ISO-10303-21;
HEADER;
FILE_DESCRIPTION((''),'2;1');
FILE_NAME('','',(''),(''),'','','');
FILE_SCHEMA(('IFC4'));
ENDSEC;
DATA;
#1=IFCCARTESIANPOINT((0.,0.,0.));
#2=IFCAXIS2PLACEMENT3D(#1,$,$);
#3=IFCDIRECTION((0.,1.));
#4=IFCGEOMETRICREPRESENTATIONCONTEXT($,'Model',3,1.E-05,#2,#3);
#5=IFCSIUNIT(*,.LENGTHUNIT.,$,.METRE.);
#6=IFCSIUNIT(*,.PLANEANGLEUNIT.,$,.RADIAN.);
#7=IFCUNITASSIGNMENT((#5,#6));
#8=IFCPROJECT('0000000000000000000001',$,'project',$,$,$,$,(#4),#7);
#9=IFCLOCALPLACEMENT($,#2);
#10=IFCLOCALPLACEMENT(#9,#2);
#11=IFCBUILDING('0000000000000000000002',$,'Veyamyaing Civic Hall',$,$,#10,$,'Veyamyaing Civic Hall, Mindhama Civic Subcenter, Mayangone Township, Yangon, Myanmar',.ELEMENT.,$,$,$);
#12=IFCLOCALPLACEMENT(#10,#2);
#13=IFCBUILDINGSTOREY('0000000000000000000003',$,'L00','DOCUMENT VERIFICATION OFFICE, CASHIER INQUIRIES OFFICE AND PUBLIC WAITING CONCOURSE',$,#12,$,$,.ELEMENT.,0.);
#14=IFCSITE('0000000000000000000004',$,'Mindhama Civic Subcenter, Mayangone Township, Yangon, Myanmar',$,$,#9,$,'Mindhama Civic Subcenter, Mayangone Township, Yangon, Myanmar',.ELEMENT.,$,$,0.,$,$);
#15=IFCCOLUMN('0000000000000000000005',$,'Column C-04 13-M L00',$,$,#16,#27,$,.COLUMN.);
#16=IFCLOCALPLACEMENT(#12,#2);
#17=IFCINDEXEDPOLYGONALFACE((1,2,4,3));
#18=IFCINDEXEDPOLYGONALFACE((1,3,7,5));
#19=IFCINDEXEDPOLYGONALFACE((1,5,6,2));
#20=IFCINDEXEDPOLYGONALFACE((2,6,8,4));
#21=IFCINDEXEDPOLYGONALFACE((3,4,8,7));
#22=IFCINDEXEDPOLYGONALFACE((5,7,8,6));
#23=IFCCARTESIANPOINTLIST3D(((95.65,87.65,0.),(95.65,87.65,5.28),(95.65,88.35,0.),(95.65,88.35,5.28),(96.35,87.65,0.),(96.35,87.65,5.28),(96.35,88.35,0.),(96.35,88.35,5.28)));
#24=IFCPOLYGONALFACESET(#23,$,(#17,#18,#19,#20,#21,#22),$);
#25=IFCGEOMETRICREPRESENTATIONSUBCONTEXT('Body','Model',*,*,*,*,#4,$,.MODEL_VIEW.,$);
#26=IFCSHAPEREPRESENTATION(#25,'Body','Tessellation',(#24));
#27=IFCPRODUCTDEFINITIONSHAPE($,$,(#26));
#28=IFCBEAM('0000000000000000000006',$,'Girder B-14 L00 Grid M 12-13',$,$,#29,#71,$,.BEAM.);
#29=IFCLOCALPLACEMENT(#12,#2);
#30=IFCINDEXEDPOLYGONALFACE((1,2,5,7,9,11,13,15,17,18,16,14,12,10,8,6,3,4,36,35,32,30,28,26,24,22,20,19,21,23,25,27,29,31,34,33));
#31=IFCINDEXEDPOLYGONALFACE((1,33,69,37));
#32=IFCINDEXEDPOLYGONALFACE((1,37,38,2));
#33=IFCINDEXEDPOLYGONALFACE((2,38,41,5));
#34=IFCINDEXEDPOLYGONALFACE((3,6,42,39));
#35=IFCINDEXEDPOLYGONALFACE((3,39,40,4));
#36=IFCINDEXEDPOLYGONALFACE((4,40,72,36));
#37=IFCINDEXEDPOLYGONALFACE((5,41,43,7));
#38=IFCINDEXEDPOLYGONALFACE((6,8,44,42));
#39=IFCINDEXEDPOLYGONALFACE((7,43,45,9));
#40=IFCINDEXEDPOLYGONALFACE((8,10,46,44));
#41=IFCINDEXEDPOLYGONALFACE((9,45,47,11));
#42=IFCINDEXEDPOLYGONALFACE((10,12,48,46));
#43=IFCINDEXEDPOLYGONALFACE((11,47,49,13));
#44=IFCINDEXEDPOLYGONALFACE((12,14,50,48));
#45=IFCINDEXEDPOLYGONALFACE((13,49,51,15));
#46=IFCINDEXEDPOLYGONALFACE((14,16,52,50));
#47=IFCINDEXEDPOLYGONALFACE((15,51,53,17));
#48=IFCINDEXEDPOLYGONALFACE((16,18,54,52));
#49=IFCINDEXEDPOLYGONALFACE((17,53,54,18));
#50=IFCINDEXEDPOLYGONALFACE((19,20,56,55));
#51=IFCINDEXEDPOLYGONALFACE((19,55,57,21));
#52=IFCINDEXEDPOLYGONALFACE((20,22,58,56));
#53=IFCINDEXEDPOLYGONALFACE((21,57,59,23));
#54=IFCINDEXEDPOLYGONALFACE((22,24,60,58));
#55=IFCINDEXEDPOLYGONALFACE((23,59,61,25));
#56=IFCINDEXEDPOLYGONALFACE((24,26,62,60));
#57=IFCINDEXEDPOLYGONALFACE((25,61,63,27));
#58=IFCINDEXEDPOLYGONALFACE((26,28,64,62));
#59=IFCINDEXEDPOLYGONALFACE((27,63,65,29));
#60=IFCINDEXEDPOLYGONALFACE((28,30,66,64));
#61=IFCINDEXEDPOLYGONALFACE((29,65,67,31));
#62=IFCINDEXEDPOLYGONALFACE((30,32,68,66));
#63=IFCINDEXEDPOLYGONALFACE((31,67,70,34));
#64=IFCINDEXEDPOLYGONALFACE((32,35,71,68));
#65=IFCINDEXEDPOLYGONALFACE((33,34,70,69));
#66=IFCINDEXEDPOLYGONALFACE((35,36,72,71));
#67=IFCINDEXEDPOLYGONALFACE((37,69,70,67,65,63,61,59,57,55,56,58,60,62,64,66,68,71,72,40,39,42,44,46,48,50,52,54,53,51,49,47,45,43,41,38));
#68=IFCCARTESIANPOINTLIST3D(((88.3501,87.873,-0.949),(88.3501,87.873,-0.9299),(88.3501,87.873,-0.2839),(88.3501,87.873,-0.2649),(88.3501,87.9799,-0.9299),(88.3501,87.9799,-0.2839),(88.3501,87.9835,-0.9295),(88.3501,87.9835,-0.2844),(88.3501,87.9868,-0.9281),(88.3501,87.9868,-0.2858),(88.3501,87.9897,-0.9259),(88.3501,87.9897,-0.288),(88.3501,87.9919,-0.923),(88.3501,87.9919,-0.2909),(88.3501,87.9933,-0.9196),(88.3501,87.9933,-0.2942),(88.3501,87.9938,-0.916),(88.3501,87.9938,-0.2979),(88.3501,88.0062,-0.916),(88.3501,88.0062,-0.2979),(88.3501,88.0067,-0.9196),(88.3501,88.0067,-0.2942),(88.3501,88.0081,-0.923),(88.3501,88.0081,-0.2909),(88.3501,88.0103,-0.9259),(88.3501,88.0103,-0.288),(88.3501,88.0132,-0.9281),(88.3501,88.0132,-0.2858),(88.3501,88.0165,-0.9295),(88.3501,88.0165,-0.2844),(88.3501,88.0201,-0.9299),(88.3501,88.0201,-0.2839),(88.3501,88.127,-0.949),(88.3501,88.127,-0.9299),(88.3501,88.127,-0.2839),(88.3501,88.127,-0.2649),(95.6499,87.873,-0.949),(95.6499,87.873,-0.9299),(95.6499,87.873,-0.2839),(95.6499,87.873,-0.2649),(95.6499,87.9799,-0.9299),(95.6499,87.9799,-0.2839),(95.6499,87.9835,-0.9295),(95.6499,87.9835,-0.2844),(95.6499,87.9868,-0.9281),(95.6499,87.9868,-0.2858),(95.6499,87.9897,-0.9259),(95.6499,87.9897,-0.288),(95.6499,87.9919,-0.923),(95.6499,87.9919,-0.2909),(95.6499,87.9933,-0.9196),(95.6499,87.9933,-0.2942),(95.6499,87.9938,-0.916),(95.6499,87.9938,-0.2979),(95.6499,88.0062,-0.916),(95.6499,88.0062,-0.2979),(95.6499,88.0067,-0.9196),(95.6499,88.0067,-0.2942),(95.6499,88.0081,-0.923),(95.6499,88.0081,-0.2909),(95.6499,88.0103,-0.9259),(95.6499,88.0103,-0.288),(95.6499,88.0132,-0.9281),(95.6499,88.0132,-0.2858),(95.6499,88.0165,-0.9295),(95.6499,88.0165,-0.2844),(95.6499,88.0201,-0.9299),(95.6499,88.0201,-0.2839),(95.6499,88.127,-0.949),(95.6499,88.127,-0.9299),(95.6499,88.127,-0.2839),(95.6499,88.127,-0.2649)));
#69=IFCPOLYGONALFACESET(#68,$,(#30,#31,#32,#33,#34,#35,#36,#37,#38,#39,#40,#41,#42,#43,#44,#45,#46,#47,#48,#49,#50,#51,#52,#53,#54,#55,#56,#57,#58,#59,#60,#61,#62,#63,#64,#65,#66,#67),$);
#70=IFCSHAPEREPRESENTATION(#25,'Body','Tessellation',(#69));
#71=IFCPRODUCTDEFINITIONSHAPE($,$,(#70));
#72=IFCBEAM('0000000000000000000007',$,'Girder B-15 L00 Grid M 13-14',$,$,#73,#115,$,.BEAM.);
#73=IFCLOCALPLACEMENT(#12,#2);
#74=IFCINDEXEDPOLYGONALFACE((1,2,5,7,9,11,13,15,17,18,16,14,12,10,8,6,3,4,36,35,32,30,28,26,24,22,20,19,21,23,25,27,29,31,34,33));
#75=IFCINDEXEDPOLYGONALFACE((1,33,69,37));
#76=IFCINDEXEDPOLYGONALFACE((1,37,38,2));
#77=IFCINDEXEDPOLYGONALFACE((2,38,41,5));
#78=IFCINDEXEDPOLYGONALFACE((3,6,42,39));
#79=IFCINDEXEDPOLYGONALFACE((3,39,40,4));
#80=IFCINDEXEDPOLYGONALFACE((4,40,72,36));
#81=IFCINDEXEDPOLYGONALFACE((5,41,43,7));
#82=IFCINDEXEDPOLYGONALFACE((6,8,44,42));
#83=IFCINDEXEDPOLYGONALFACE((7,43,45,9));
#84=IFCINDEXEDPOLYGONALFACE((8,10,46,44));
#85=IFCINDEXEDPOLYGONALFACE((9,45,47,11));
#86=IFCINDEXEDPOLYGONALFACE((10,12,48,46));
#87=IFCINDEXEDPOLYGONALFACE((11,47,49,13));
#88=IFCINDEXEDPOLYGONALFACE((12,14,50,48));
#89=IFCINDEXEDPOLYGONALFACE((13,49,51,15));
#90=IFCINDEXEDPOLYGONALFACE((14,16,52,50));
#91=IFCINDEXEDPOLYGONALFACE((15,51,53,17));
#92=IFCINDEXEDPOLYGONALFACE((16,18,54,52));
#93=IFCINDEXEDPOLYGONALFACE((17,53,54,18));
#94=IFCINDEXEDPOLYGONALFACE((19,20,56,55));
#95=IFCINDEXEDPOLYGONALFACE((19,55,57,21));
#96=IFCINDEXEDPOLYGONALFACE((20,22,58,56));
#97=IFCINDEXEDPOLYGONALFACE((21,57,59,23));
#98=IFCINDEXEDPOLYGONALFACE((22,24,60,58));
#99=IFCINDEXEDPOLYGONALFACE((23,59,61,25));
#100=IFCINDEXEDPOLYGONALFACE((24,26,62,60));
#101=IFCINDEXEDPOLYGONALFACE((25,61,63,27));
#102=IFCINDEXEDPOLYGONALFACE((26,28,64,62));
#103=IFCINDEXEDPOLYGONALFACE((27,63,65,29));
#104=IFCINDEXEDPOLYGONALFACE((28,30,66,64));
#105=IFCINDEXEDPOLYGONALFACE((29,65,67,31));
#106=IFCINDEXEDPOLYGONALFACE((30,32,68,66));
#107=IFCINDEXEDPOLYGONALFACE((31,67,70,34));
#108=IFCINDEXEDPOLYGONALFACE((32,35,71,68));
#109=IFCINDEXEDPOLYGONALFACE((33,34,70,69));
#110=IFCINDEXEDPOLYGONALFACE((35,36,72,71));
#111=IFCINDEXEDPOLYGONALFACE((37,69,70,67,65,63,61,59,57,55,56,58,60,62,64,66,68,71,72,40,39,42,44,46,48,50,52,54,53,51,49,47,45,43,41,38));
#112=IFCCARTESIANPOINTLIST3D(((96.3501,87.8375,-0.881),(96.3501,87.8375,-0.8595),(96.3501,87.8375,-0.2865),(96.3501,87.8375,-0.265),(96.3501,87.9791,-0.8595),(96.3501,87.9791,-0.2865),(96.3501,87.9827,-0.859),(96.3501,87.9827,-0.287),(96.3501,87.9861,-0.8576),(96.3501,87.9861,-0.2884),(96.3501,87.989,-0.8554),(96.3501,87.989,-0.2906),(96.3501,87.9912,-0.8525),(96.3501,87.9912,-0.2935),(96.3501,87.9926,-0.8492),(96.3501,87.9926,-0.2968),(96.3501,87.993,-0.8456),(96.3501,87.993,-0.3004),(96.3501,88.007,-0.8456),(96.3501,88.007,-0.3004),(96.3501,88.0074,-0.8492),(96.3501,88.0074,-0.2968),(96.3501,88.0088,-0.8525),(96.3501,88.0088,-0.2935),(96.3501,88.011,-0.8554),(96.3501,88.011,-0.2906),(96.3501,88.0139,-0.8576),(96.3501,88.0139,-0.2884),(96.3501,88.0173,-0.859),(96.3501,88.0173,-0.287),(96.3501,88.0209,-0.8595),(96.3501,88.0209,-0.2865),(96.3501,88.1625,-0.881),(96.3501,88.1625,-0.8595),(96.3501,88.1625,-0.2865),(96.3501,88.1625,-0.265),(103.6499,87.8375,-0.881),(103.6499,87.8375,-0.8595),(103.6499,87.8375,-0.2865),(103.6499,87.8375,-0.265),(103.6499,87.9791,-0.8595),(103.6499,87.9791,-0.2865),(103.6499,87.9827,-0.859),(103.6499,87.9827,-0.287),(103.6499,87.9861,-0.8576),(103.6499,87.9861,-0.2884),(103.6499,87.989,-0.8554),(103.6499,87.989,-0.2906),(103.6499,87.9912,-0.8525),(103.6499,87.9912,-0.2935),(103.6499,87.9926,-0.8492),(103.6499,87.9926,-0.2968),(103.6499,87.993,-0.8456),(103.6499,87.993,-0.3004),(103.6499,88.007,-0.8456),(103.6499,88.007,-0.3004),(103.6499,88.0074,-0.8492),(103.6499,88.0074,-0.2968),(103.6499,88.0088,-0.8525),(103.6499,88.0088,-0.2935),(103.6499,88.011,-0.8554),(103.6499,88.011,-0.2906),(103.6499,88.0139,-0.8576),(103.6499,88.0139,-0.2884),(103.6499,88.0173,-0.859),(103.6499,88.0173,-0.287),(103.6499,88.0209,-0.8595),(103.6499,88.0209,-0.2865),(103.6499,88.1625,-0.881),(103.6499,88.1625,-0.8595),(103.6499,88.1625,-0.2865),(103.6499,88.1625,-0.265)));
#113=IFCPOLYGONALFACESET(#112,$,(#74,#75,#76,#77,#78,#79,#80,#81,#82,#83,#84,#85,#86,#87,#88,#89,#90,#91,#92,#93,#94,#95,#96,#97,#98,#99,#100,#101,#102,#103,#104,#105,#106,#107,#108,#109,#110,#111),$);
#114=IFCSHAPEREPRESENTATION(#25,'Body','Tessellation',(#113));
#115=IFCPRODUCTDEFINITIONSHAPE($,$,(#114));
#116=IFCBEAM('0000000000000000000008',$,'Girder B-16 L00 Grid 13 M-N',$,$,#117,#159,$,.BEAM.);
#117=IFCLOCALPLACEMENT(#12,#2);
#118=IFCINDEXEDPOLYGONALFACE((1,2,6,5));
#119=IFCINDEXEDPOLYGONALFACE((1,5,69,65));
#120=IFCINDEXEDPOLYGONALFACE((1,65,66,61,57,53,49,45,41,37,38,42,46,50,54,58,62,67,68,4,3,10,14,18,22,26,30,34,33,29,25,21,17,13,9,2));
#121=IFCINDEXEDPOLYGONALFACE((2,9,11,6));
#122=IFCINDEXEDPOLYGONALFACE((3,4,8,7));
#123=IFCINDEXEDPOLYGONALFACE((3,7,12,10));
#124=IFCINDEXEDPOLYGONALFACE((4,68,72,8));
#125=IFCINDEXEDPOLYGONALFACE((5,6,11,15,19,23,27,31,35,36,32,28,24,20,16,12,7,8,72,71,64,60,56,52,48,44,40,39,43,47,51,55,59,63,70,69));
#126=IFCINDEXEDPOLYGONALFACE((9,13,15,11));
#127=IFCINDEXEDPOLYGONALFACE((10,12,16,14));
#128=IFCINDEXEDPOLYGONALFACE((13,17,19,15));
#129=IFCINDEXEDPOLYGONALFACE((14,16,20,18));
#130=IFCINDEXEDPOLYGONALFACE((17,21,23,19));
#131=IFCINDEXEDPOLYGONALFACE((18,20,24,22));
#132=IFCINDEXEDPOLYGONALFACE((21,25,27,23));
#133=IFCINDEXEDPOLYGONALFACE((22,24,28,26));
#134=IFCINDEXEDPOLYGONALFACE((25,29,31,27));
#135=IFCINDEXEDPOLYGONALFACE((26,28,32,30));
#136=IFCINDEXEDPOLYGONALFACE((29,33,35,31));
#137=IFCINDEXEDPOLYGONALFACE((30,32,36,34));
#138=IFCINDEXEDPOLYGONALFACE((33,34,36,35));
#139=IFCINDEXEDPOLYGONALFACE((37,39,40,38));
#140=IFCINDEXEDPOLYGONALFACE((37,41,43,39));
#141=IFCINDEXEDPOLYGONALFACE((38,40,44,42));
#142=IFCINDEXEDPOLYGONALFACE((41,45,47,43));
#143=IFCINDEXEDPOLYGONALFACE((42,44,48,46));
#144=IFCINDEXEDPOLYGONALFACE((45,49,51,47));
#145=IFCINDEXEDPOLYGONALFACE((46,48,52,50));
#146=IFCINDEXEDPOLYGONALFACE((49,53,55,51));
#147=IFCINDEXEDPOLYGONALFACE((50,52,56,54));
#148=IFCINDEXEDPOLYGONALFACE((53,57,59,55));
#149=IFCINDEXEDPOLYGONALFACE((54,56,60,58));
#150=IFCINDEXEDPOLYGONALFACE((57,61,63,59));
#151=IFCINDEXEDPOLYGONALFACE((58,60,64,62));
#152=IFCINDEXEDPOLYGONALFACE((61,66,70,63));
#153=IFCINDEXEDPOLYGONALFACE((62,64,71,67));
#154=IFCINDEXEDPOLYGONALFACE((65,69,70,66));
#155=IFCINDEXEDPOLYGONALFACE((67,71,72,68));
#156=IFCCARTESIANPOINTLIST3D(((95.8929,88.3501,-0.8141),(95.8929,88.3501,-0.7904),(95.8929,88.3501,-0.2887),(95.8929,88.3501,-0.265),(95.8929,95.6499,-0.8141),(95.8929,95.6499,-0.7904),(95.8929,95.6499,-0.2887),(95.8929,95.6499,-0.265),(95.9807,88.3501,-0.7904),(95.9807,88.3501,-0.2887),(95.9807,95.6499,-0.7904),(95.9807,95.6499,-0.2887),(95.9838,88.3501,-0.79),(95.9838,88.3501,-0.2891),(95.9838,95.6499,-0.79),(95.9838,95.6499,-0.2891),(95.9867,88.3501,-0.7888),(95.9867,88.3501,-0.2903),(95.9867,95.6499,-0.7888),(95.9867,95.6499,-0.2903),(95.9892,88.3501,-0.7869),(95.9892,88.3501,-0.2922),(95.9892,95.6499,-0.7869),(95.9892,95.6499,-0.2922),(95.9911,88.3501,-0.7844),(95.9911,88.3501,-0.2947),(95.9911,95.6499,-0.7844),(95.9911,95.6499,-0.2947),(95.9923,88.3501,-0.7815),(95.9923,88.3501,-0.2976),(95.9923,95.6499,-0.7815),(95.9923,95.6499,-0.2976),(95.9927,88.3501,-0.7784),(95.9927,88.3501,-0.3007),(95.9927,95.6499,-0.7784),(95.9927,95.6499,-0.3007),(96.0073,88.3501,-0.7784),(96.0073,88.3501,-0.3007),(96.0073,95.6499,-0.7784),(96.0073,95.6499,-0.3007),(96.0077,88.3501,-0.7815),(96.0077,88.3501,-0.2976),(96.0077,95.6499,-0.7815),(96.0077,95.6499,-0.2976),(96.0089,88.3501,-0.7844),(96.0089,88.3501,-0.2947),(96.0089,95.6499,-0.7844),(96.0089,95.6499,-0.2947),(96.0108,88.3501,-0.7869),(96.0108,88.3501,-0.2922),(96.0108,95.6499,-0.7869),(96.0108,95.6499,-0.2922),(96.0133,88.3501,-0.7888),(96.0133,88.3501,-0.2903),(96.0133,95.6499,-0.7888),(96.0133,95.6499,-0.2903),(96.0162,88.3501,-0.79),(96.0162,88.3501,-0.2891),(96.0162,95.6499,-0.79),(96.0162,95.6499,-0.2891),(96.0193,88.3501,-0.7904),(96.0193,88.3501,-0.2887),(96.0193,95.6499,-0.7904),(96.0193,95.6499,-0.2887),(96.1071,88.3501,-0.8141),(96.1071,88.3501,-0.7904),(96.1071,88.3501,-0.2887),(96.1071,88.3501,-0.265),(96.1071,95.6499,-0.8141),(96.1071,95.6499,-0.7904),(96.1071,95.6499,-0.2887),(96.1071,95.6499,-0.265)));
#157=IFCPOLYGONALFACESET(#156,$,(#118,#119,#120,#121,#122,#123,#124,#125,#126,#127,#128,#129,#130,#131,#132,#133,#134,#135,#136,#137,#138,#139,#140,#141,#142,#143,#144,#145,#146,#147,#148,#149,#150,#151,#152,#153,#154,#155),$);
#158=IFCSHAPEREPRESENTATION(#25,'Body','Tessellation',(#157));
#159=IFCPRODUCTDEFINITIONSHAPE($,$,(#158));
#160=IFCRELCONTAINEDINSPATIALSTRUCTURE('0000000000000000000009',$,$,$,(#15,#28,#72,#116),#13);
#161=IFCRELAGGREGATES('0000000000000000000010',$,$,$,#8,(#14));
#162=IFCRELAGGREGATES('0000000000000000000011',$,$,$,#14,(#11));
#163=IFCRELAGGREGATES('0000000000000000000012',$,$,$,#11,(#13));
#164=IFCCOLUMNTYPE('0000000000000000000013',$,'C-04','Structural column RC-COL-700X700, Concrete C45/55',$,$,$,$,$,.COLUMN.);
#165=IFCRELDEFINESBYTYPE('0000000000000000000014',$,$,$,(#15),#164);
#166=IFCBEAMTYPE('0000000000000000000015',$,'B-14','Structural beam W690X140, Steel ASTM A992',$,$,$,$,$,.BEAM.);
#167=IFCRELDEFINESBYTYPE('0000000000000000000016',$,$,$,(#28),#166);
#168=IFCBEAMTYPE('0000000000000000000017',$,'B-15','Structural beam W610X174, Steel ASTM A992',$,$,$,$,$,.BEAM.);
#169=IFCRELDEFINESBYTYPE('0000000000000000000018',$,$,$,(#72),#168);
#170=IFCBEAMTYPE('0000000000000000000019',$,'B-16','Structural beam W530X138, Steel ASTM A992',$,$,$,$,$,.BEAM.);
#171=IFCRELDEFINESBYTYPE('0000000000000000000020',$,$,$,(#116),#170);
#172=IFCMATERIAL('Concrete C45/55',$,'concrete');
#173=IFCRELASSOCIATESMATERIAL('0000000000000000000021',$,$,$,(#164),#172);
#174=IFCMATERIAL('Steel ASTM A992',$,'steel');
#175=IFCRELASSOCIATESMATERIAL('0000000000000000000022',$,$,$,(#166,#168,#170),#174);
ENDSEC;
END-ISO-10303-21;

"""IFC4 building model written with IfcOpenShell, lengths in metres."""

from ifc_helpers import new_model, si_unit, direction, frame, origin, origin_2d, place, context, subcontext, project, spatial, rectangle, i_section, extrude, material, material_profile, profile_set, type_object, element, save


model = new_model("IFC4")

# Units and contexts
model_context = context("Model", 3, precision=1e-05, world=origin(), true_north=direction((0.0, 1.0)))
body_context = subcontext(model_context, "Body", "Model", "MODEL_VIEW")
ifc_project = project(units=[si_unit("LENGTHUNIT", "METRE"), si_unit("PLANEANGLEUNIT", "RADIAN")], contexts=[model_context])

# Site, building, storey
site_placement = place(None, origin())
site = spatial("IfcSite", under=ifc_project, at=site_placement, Name="Mindhama Civic Subcenter, Mayangone Township, Yangon, Myanmar", LongName="Mindhama Civic Subcenter, Mayangone Township, Yangon, Myanmar", CompositionType="ELEMENT", RefElevation=0.0)
building_placement = place(site_placement, origin())
building = spatial("IfcBuilding", under=site, at=building_placement, Name="Veyamyaing Civic Hall", LongName="Veyamyaing Civic Hall, Mindhama Civic Subcenter, Mayangone Township, Yangon, Myanmar", CompositionType="ELEMENT")
storey_placement = place(building_placement, origin())
storey = spatial("IfcBuildingStorey", under=building, at=storey_placement, Name="L00", Description="DOCUMENT VERIFICATION OFFICE, CASHIER INQUIRIES OFFICE AND PUBLIC WAITING CONCOURSE", CompositionType="ELEMENT", Elevation=0.0)

# Column
ifc_material_1 = material(Name="Concrete C45/55", Category="concrete")
ifc_material_profile_1 = material_profile(ifc_material_1, rectangle(XDim=0.7, YDim=0.7, at=origin_2d()), Name="RC-COL-700X700")
ifc_profile_set_1 = profile_set([ifc_material_profile_1], Name="Concrete C45/55")
column_type = type_object("IfcColumnType", Name="C-04", Description="Structural column RC-COL-700X700, Concrete C45/55", PredefinedType="COLUMN", material=ifc_profile_set_1)
column_placement = place(storey_placement, frame((96.0, 88.0, 0.0), z_axis=(0.0, 0.0, 1.0), x_axis=(1.0, 0.0, 0.0)))
element("IfcColumn", 1, at=column_placement, inside=storey, type_object=column_type, Name="Column C-04 13-M L00", PredefinedType="COLUMN", context=body_context, shape_type="SweptSolid", body=[
    extrude(rectangle(XDim=0.7, YDim=0.7, at=origin_2d()), origin(), (0.0, 0.0, 1.0), 5.28),
])

# Beams
ifc_material_2 = material(Name="Steel ASTM A992", Category="steel")
ifc_material_profile_2 = material_profile(ifc_material_2, i_section(OverallWidth=0.2539, OverallDepth=0.6841, WebThickness=0.0125, FlangeThickness=0.019, FilletRadius=0.0139, at=origin_2d()), Name="W690X140")
ifc_profile_set_2 = profile_set([ifc_material_profile_2], Name="Steel ASTM A992")
beam_type_1 = type_object("IfcBeamType", Name="B-14", Description="Structural beam W690X140, Steel ASTM A992", PredefinedType="BEAM", material=ifc_profile_set_2)
beam_1_placement = place(storey_placement, frame((88.3501, 88.0, -0.6069), z_axis=(1.0, 0.0, 0.0), x_axis=(0.0, 1.0, 0.0)))
element("IfcBeam", 2, at=beam_1_placement, inside=storey, type_object=beam_type_1, Name="Girder B-14 L00 Grid M 12-13", PredefinedType="BEAM", context=body_context, shape_type="SweptSolid", body=[
    extrude(i_section(OverallWidth=0.2539, OverallDepth=0.6841, WebThickness=0.0125, FlangeThickness=0.019, FilletRadius=0.0139, at=origin_2d()), origin(), (0.0, 0.0, 1.0), 7.2998),
])
ifc_material_profile_3 = material_profile(ifc_material_2, i_section(OverallWidth=0.325, OverallDepth=0.616, WebThickness=0.0139, FlangeThickness=0.0215, FilletRadius=0.0139, at=origin_2d()), Name="W610X174")
ifc_profile_set_3 = profile_set([ifc_material_profile_3], Name="Steel ASTM A992")
beam_type_2 = type_object("IfcBeamType", Name="B-15", Description="Structural beam W610X174, Steel ASTM A992", PredefinedType="BEAM", material=ifc_profile_set_3)
beam_2_placement = place(storey_placement, frame((96.3501, 88.0, -0.573), z_axis=(1.0, 0.0, 0.0), x_axis=(0.0, 1.0, 0.0)))
element("IfcBeam", 3, at=beam_2_placement, inside=storey, type_object=beam_type_2, Name="Girder B-15 L00 Grid M 13-14", PredefinedType="BEAM", context=body_context, shape_type="SweptSolid", body=[
    extrude(i_section(OverallWidth=0.325, OverallDepth=0.616, WebThickness=0.0139, FlangeThickness=0.0215, FilletRadius=0.0139, at=origin_2d()), origin(), (0.0, 0.0, 1.0), 7.2998),
])
ifc_material_profile_4 = material_profile(ifc_material_2, i_section(OverallWidth=0.2141, OverallDepth=0.5491, WebThickness=0.0146, FlangeThickness=0.0237, FilletRadius=0.012, at=origin_2d()), Name="W530X138")
ifc_profile_set_4 = profile_set([ifc_material_profile_4], Name="Steel ASTM A992")
beam_type_3 = type_object("IfcBeamType", Name="B-16", Description="Structural beam W530X138, Steel ASTM A992", PredefinedType="BEAM", material=ifc_profile_set_4)
beam_3_placement = place(storey_placement, frame((96.0, 88.3501, -0.5396), z_axis=(0.0, 1.0, 0.0), x_axis=(-1.0, 0.0, 0.0)))
element("IfcBeam", 4, at=beam_3_placement, inside=storey, type_object=beam_type_3, Name="Girder B-16 L00 Grid 13 M-N", PredefinedType="BEAM", context=body_context, shape_type="SweptSolid", body=[
    extrude(i_section(OverallWidth=0.2141, OverallDepth=0.5491, WebThickness=0.0146, FlangeThickness=0.0237, FilletRadius=0.012, at=origin_2d()), origin(), (0.0, 0.0, 1.0), 7.2998),
])

save(model, "model.ifc")
